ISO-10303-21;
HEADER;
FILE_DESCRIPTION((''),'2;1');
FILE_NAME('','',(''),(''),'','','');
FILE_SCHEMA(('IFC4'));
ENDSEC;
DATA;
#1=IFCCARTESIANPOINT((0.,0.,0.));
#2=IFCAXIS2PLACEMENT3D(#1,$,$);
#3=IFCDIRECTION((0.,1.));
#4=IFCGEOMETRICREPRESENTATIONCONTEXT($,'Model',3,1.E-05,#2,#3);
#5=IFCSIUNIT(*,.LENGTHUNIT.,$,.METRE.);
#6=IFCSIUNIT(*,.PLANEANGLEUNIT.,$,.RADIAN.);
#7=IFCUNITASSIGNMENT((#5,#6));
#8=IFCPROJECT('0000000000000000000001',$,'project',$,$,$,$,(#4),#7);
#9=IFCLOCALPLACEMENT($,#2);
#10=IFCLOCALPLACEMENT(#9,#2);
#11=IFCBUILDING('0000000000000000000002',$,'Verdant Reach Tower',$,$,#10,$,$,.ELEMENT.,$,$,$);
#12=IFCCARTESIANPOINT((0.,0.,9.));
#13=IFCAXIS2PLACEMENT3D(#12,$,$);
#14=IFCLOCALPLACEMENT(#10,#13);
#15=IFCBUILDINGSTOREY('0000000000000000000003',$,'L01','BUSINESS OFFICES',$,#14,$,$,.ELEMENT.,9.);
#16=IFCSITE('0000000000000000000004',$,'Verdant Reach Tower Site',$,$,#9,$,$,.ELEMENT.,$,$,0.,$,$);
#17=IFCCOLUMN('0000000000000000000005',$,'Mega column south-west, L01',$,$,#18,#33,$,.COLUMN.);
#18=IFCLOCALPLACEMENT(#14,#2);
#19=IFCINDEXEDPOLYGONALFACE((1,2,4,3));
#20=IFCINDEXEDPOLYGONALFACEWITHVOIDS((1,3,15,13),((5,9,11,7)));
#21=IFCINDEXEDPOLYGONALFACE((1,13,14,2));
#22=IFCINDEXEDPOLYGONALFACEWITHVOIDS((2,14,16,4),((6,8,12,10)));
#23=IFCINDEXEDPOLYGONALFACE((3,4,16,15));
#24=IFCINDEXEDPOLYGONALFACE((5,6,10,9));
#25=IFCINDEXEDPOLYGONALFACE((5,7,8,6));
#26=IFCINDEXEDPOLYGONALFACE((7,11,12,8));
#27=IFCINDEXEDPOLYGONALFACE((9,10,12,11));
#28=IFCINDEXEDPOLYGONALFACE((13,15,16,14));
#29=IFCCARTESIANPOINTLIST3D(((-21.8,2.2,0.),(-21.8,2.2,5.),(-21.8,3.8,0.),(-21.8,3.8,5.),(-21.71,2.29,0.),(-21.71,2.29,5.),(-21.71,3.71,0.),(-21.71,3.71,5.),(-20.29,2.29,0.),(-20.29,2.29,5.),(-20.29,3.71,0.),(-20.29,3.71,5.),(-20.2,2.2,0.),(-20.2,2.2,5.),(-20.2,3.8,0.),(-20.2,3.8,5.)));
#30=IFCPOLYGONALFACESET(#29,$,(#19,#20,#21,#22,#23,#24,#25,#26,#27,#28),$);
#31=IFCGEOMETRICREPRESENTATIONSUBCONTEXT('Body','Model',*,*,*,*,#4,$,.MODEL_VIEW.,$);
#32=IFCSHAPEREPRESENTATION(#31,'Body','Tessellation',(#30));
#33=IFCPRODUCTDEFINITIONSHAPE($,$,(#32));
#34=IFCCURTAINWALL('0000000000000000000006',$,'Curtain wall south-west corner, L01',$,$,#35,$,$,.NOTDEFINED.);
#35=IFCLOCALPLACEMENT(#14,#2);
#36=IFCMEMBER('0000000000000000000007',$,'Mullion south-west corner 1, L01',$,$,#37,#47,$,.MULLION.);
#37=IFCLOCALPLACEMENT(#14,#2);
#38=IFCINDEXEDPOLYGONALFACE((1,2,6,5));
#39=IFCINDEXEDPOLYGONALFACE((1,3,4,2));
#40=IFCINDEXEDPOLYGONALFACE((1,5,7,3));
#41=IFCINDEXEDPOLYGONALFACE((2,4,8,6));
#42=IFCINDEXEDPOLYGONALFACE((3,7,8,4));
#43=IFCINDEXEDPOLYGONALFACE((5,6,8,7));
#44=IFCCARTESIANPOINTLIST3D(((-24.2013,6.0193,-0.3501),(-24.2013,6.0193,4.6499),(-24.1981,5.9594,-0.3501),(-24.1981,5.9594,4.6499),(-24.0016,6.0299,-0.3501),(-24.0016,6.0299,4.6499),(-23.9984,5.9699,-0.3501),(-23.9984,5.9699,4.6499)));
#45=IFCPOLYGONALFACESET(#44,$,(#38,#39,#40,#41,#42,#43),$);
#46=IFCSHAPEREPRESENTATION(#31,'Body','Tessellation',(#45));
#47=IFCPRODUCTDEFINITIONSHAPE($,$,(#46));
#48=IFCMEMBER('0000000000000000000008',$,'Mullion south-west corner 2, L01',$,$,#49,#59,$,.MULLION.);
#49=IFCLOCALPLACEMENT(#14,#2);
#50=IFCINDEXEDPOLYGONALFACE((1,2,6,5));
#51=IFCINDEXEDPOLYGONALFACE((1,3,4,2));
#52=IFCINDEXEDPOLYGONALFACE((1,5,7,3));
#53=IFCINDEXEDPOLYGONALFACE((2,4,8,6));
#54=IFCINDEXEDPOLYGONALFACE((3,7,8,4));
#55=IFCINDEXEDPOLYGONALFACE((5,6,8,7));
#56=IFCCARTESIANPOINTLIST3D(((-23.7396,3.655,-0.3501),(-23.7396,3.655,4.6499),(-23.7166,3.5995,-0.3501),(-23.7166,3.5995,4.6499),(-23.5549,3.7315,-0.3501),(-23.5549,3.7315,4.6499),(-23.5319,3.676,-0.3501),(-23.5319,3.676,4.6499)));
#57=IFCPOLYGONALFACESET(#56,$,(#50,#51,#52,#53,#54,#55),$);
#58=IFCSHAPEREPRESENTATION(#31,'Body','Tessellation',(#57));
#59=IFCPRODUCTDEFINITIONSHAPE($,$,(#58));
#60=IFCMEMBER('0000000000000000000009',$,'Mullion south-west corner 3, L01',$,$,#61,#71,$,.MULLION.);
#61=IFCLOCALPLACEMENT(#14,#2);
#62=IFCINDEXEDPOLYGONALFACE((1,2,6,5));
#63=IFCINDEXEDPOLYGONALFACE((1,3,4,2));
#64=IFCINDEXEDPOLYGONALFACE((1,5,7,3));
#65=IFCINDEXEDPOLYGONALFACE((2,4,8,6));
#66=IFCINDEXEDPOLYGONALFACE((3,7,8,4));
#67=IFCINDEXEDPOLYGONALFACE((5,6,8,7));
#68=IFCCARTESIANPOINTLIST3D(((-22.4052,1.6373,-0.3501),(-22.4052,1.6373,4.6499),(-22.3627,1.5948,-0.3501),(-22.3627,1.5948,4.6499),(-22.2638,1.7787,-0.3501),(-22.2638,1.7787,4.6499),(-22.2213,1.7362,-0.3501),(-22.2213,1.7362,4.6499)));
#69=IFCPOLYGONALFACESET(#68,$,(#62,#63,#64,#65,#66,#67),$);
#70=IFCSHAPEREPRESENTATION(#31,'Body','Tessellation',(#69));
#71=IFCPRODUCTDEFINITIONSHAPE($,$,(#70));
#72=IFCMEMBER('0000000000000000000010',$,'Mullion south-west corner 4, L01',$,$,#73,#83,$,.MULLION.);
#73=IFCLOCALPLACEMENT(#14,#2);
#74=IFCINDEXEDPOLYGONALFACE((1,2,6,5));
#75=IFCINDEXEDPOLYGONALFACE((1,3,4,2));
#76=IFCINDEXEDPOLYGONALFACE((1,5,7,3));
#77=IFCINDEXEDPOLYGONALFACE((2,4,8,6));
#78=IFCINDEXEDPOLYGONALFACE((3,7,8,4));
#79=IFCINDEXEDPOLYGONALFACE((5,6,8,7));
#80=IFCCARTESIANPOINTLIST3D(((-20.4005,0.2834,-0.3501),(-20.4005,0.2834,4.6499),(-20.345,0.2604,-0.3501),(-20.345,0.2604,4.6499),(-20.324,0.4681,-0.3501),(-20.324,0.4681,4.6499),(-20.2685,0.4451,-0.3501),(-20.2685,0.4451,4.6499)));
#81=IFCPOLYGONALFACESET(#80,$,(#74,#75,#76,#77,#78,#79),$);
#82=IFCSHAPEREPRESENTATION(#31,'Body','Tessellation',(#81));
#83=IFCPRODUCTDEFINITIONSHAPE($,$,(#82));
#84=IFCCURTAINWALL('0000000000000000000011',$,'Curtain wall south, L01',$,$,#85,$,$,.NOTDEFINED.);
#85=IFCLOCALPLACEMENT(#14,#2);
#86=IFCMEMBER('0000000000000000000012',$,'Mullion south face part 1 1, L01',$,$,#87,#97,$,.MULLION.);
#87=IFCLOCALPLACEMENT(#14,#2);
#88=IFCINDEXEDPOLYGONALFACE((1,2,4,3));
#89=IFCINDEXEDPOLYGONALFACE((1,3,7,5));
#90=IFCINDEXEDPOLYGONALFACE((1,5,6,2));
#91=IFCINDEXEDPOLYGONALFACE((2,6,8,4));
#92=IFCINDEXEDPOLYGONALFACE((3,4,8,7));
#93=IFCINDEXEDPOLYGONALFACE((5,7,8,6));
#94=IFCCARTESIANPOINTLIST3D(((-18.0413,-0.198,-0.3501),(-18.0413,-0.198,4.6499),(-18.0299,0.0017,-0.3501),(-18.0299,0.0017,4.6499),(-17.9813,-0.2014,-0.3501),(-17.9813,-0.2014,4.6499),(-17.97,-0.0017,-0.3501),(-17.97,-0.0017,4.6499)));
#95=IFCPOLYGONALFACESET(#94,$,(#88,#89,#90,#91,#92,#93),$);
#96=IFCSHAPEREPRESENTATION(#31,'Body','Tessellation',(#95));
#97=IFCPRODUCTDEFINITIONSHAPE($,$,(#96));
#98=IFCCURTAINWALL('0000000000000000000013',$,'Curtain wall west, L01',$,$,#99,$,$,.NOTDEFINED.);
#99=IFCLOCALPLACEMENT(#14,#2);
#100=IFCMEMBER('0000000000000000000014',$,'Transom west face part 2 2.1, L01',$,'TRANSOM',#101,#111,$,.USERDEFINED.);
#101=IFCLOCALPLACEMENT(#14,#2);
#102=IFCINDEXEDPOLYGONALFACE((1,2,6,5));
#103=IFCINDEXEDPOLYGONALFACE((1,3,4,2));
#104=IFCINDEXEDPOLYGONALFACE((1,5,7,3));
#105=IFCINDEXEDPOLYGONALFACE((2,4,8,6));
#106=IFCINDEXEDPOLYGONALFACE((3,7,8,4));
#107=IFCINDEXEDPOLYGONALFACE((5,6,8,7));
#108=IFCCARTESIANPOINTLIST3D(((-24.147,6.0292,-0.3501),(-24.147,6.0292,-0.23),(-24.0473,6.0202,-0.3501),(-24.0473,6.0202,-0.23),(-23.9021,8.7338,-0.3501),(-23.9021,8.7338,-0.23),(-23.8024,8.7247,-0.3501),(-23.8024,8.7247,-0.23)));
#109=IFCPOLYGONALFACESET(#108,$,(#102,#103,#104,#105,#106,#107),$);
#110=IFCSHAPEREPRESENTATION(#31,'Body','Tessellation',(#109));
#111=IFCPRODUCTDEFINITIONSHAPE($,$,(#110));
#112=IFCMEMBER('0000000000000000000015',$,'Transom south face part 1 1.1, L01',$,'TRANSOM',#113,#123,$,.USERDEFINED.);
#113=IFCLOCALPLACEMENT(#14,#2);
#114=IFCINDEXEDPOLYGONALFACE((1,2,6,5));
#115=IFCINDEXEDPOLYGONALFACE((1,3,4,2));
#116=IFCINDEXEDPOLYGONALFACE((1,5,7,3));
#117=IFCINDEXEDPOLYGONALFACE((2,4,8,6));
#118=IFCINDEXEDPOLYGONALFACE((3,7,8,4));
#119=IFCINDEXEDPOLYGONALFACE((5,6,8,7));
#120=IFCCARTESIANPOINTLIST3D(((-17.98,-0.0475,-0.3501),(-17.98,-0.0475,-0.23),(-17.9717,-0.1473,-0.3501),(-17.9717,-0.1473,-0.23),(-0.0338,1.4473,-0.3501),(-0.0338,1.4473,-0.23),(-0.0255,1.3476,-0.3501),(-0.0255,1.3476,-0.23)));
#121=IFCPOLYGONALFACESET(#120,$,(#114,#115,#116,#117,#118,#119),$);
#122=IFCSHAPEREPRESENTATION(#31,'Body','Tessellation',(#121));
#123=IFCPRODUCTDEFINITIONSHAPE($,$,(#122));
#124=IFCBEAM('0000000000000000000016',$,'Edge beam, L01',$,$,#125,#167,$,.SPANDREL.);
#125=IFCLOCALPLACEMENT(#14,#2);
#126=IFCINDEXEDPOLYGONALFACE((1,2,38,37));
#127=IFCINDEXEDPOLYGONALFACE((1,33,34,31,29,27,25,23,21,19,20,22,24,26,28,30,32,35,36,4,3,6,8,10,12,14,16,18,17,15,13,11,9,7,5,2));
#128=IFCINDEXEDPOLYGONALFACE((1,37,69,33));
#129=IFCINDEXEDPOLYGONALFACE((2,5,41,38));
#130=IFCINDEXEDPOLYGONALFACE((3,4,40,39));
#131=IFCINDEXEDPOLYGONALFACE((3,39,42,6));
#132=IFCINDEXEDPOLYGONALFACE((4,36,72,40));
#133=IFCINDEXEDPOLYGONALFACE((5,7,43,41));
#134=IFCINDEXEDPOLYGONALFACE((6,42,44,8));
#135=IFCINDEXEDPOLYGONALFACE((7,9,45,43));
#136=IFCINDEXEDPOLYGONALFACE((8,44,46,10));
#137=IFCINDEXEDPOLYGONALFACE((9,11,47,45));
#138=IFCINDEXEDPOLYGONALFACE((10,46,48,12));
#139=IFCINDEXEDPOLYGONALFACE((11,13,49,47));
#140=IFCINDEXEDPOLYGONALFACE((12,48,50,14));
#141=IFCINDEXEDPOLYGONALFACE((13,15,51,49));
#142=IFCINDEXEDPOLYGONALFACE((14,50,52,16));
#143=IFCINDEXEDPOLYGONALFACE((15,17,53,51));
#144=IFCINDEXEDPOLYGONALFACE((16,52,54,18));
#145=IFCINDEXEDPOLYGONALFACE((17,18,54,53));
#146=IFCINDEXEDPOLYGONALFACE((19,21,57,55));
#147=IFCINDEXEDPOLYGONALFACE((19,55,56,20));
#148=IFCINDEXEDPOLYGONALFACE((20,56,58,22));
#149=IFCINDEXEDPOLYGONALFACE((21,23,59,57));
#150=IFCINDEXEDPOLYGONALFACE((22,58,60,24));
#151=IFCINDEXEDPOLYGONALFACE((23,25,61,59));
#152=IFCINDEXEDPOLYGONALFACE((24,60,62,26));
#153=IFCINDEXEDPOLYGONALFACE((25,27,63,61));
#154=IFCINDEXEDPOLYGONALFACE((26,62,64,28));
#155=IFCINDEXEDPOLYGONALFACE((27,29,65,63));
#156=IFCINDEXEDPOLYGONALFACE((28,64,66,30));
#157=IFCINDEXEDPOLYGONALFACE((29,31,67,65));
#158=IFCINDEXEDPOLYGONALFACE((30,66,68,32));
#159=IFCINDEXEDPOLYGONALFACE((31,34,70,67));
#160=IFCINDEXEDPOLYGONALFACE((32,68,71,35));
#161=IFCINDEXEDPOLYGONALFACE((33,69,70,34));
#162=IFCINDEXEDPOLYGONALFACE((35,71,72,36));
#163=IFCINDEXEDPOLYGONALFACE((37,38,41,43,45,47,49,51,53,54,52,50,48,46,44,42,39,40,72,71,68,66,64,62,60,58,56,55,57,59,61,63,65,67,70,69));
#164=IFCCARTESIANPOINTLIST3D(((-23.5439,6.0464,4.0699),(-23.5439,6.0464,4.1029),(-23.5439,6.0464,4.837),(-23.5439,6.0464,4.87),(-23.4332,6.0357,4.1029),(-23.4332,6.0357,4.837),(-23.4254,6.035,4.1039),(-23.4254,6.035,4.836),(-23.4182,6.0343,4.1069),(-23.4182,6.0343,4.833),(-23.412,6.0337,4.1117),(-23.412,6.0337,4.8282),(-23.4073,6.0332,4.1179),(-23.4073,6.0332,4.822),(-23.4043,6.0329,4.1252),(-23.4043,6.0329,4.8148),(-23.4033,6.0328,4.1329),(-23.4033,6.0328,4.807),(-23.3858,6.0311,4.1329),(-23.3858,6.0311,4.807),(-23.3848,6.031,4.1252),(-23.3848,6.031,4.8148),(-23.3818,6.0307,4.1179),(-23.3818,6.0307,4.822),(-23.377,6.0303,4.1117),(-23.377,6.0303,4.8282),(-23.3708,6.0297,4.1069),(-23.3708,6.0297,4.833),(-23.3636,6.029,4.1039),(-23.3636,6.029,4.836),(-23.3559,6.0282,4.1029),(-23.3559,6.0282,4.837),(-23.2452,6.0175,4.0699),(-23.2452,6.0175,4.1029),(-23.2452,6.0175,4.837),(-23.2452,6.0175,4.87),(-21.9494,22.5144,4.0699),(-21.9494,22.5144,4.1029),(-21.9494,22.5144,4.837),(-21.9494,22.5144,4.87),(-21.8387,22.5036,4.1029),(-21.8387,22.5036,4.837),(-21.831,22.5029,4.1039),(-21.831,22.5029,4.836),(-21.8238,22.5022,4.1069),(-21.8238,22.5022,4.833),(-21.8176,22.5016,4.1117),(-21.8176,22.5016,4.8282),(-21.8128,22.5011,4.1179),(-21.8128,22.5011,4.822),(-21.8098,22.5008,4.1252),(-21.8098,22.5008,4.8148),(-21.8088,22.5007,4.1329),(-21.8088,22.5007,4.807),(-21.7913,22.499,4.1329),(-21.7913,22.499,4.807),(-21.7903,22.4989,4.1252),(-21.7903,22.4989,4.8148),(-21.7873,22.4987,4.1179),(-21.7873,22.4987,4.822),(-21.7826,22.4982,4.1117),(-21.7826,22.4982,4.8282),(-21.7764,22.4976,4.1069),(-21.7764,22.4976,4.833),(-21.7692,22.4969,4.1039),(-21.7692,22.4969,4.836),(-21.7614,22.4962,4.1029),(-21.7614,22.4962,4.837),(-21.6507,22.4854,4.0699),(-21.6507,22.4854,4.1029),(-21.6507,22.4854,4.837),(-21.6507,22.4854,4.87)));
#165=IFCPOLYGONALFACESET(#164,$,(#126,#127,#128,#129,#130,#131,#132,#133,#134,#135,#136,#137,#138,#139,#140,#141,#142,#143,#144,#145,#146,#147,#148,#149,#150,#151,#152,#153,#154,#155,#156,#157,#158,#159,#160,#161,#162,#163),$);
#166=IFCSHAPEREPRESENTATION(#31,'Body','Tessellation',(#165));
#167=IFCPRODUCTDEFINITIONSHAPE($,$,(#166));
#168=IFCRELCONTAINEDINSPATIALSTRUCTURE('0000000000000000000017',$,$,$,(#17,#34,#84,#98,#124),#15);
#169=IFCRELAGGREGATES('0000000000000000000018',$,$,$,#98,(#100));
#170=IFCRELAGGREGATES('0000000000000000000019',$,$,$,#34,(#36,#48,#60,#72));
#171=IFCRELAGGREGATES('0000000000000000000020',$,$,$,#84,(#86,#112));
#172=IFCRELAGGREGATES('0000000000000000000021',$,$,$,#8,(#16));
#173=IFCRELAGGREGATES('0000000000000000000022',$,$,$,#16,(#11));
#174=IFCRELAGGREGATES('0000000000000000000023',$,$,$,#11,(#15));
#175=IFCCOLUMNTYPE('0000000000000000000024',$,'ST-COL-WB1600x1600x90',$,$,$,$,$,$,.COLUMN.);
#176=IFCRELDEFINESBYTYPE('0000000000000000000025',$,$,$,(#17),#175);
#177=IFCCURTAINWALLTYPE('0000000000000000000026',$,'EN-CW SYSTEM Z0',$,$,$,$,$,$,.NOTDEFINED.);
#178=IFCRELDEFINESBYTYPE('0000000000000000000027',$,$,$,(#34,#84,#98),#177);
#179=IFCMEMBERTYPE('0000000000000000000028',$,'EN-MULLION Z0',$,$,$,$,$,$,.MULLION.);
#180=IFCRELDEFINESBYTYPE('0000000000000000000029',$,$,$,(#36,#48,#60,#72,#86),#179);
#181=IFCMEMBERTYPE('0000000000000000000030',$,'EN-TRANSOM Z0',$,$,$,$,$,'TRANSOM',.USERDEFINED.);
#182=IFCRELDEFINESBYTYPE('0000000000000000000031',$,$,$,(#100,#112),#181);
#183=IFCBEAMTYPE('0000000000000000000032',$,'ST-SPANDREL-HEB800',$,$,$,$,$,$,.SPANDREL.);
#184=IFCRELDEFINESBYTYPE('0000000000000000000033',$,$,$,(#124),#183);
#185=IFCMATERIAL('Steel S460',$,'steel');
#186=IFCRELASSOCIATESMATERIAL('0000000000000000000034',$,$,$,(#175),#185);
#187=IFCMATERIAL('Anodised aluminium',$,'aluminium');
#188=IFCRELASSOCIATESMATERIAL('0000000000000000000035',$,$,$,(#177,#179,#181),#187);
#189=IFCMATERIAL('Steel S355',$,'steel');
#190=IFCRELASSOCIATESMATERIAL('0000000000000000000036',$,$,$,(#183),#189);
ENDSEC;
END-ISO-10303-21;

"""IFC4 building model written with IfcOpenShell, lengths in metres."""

from ifc_helpers import new_model, si_unit, direction, frame, origin, origin_2d, place, context, subcontext, project, spatial, rectangle, hollow_rectangle, i_section, extrude, material, material_profile, profile_set, type_object, element, aggregate, save


model = new_model("IFC4")

# Units and contexts
model_context = context("Model", 3, precision=1e-05, world=origin(), true_north=direction((0.0, 1.0)))
body_context = subcontext(model_context, "Body", "Model", "MODEL_VIEW")
ifc_project = project(units=[si_unit("LENGTHUNIT", "METRE"), si_unit("PLANEANGLEUNIT", "RADIAN")], contexts=[model_context])

# Site, building, storey
site_placement = place(None, origin())
site = spatial("IfcSite", under=ifc_project, at=site_placement, Name="Verdant Reach Tower Site", CompositionType="ELEMENT", RefElevation=0.0)
building_placement = place(site_placement, origin())
building = spatial("IfcBuilding", under=site, at=building_placement, Name="Verdant Reach Tower", CompositionType="ELEMENT")
storey_placement = place(building_placement, frame((0.0, 0.0, 9.0)))
storey = spatial("IfcBuildingStorey", under=building, at=storey_placement, Name="L01", Description="BUSINESS OFFICES", CompositionType="ELEMENT", Elevation=9.0)

# Column
ifc_material_1 = material(Name="Steel S460", Category="steel")
ifc_material_profile_1 = material_profile(ifc_material_1, hollow_rectangle(XDim=1.6001, YDim=1.6001, WallThickness=0.0901, at=origin_2d()), Name="WB 1600x1600x90")
ifc_profile_set_1 = profile_set([ifc_material_profile_1], Name="Steel S460")
column_type = type_object("IfcColumnType", Name="ST-COL-WB1600x1600x90", PredefinedType="COLUMN", material=ifc_profile_set_1)
column_placement = place(storey_placement, frame((-21.0, 3.0, 0.0), z_axis=(0.0, 0.0, 1.0), x_axis=(1.0, 0.0, 0.0)))
element("IfcColumn", 1, at=column_placement, inside=storey, type_object=column_type, Name="Mega column south-west, L01", PredefinedType="COLUMN", context=body_context, shape_type="SweptSolid", body=[
    extrude(hollow_rectangle(XDim=1.6001, YDim=1.6001, WallThickness=0.0901, at=origin_2d()), origin(), (0.0, 0.0, 1.0), 5.0),
])

# Curtain wall, members
ifc_material_2 = material(Name="Anodised aluminium", Category="aluminium")
curtain_wall_type = type_object("IfcCurtainWallType", Name="EN-CW SYSTEM Z0", PredefinedType="NOTDEFINED", material=ifc_material_2)
curtain_wall_1_placement = place(storey_placement, origin())
curtain_wall_1 = element("IfcCurtainWall", 2, at=curtain_wall_1_placement, inside=storey, type_object=curtain_wall_type, Name="Curtain wall south-west corner, L01", PredefinedType="NOTDEFINED")
ifc_material_profile_2 = material_profile(ifc_material_2, rectangle(XDim=0.2, YDim=0.0601, at=origin_2d()), Name="Mullion 60x200")
ifc_profile_set_2 = profile_set([ifc_material_profile_2], Name="Anodised aluminium")
member_type_1 = type_object("IfcMemberType", Name="EN-MULLION Z0", PredefinedType="MULLION", material=ifc_profile_set_2)
member_1_placement = place(storey_placement, frame((-24.0999, 5.9946, -0.3501), z_axis=(0.0, 0.0, 1.0), x_axis=(-0.998604, -0.052815, 0.0)))
member_1 = element("IfcMember", 3, at=member_1_placement, type_object=member_type_1, Name="Mullion south-west corner 1, L01", PredefinedType="MULLION", context=body_context, shape_type="SweptSolid", body=[
    extrude(rectangle(XDim=0.2, YDim=0.0601, at=origin_2d()), origin(), (0.0, 0.0, 1.0), 5.0),
])
member_2_placement = place(storey_placement, frame((-23.6357, 3.6655, -0.3501), z_axis=(0.0, 0.0, 1.0), x_axis=(-0.923875, -0.382694, 0.0)))
member_2 = element("IfcMember", 4, at=member_2_placement, type_object=member_type_1, Name="Mullion south-west corner 2, L01", PredefinedType="MULLION", context=body_context, shape_type="SweptSolid", body=[
    extrude(rectangle(XDim=0.2, YDim=0.0601, at=origin_2d()), origin(), (0.0, 0.0, 1.0), 5.0),
])
member_3_placement = place(storey_placement, frame((-22.3132, 1.6868, -0.3501), z_axis=(0.0, 0.0, 1.0), x_axis=(-0.707107, -0.707107, 0.0)))
member_3 = element("IfcMember", 5, at=member_3_placement, type_object=member_type_1, Name="Mullion south-west corner 3, L01", PredefinedType="MULLION", context=body_context, shape_type="SweptSolid", body=[
    extrude(rectangle(XDim=0.2, YDim=0.0601, at=origin_2d()), origin(), (0.0, 0.0, 1.0), 5.0),
])
member_4_placement = place(storey_placement, frame((-20.3345, 0.3643, -0.3501), z_axis=(0.0, 0.0, 1.0), x_axis=(-0.382694, -0.923875, 0.0)))
member_4 = element("IfcMember", 6, at=member_4_placement, type_object=member_type_1, Name="Mullion south-west corner 4, L01", PredefinedType="MULLION", context=body_context, shape_type="SweptSolid", body=[
    extrude(rectangle(XDim=0.2, YDim=0.0601, at=origin_2d()), origin(), (0.0, 0.0, 1.0), 5.0),
])

# Curtain walls, members
curtain_wall_2_placement = place(storey_placement, origin())
curtain_wall_2 = element("IfcCurtainWall", 7, at=curtain_wall_2_placement, inside=storey, type_object=curtain_wall_type, Name="Curtain wall south, L01", PredefinedType="NOTDEFINED")
member_5_placement = place(storey_placement, frame((-18.0056, -0.0999, -0.3501), z_axis=(0.0, 0.0, 1.0), x_axis=(-0.056569, -0.998399, 0.0)))
member_5 = element("IfcMember", 8, at=member_5_placement, type_object=member_type_1, Name="Mullion south face part 1 1, L01", PredefinedType="MULLION", context=body_context, shape_type="SweptSolid", body=[
    extrude(rectangle(XDim=0.2, YDim=0.0601, at=origin_2d()), origin(), (0.0, 0.0, 1.0), 5.0),
])
curtain_wall_3_placement = place(storey_placement, origin())
curtain_wall_3 = element("IfcCurtainWall", 9, at=curtain_wall_3_placement, inside=storey, type_object=curtain_wall_type, Name="Curtain wall west, L01", PredefinedType="NOTDEFINED")
ifc_material_profile_3 = material_profile(ifc_material_2, rectangle(XDim=0.1001, YDim=0.1201, at=origin_2d()), Name="Transom 120x100")
ifc_profile_set_3 = profile_set([ifc_material_profile_3], Name="Anodised aluminium")
member_type_2 = type_object("IfcMemberType", Name="EN-TRANSOM Z0", ElementType="TRANSOM", PredefinedType="USERDEFINED", material=ifc_profile_set_3)
member_6_placement = place(storey_placement, frame((-23.8523, 8.7292, -0.29), z_axis=(-0.090171, -0.995926, 0.0), x_axis=(0.995926, -0.090171, 0.0)))
member_6 = element("IfcMember", 10, at=member_6_placement, type_object=member_type_2, Name="Transom west face part 2 2.1, L01", ObjectType="TRANSOM", PredefinedType="USERDEFINED", context=body_context, shape_type="SweptSolid", body=[
    extrude(rectangle(XDim=0.1001, YDim=0.1201, at=origin_2d()), origin(), (0.0, 0.0, 1.0), 2.7156),
])

# Member
member_7_placement = place(storey_placement, frame((-17.9758, -0.0974, -0.29), z_axis=(0.996549, 0.083011, 0.0), x_axis=(-0.083011, 0.996549, 0.0)))
member_7 = element("IfcMember", 11, at=member_7_placement, type_object=member_type_2, Name="Transom south face part 1 1.1, L01", ObjectType="TRANSOM", PredefinedType="USERDEFINED", context=body_context, shape_type="SweptSolid", body=[
    extrude(rectangle(XDim=0.1001, YDim=0.1201, at=origin_2d()), origin(), (0.0, 0.0, 1.0), 18.0083),
])

# Beam
ifc_material_3 = material(Name="Steel S355", Category="steel")
ifc_material_profile_4 = material_profile(ifc_material_3, i_section(OverallWidth=0.3, OverallDepth=0.8, WebThickness=0.0176, FlangeThickness=0.033, FilletRadius=0.03, at=origin_2d()), Name="HEB 800")
ifc_profile_set_4 = profile_set([ifc_material_profile_4], Name="Steel S355")
beam_type_1 = type_object("IfcBeamType", Name="ST-SPANDREL-HEB800", PredefinedType="SPANDREL", material=ifc_profile_set_4)
beam_1_placement = place(storey_placement, frame((-23.3945, 6.032, 4.47), z_axis=(0.096372, 0.995345, 0.0), x_axis=(-0.995345, 0.096372, 0.0)))
element("IfcBeam", 12, at=beam_1_placement, inside=storey, type_object=beam_type_1, Name="Edge beam, L01", PredefinedType="SPANDREL", context=body_context, shape_type="SweptSolid", body=[
    extrude(i_section(OverallWidth=0.3, OverallDepth=0.8, WebThickness=0.0176, FlangeThickness=0.033, FilletRadius=0.03, at=origin_2d()), origin(), (0.0, 0.0, 1.0), 16.5449),
])

aggregate(curtain_wall_3, [member_6])
aggregate(curtain_wall_1, [member_1, member_2, member_3, member_4])
aggregate(curtain_wall_2, [member_5, member_7])

save(model, "model.ifc")
